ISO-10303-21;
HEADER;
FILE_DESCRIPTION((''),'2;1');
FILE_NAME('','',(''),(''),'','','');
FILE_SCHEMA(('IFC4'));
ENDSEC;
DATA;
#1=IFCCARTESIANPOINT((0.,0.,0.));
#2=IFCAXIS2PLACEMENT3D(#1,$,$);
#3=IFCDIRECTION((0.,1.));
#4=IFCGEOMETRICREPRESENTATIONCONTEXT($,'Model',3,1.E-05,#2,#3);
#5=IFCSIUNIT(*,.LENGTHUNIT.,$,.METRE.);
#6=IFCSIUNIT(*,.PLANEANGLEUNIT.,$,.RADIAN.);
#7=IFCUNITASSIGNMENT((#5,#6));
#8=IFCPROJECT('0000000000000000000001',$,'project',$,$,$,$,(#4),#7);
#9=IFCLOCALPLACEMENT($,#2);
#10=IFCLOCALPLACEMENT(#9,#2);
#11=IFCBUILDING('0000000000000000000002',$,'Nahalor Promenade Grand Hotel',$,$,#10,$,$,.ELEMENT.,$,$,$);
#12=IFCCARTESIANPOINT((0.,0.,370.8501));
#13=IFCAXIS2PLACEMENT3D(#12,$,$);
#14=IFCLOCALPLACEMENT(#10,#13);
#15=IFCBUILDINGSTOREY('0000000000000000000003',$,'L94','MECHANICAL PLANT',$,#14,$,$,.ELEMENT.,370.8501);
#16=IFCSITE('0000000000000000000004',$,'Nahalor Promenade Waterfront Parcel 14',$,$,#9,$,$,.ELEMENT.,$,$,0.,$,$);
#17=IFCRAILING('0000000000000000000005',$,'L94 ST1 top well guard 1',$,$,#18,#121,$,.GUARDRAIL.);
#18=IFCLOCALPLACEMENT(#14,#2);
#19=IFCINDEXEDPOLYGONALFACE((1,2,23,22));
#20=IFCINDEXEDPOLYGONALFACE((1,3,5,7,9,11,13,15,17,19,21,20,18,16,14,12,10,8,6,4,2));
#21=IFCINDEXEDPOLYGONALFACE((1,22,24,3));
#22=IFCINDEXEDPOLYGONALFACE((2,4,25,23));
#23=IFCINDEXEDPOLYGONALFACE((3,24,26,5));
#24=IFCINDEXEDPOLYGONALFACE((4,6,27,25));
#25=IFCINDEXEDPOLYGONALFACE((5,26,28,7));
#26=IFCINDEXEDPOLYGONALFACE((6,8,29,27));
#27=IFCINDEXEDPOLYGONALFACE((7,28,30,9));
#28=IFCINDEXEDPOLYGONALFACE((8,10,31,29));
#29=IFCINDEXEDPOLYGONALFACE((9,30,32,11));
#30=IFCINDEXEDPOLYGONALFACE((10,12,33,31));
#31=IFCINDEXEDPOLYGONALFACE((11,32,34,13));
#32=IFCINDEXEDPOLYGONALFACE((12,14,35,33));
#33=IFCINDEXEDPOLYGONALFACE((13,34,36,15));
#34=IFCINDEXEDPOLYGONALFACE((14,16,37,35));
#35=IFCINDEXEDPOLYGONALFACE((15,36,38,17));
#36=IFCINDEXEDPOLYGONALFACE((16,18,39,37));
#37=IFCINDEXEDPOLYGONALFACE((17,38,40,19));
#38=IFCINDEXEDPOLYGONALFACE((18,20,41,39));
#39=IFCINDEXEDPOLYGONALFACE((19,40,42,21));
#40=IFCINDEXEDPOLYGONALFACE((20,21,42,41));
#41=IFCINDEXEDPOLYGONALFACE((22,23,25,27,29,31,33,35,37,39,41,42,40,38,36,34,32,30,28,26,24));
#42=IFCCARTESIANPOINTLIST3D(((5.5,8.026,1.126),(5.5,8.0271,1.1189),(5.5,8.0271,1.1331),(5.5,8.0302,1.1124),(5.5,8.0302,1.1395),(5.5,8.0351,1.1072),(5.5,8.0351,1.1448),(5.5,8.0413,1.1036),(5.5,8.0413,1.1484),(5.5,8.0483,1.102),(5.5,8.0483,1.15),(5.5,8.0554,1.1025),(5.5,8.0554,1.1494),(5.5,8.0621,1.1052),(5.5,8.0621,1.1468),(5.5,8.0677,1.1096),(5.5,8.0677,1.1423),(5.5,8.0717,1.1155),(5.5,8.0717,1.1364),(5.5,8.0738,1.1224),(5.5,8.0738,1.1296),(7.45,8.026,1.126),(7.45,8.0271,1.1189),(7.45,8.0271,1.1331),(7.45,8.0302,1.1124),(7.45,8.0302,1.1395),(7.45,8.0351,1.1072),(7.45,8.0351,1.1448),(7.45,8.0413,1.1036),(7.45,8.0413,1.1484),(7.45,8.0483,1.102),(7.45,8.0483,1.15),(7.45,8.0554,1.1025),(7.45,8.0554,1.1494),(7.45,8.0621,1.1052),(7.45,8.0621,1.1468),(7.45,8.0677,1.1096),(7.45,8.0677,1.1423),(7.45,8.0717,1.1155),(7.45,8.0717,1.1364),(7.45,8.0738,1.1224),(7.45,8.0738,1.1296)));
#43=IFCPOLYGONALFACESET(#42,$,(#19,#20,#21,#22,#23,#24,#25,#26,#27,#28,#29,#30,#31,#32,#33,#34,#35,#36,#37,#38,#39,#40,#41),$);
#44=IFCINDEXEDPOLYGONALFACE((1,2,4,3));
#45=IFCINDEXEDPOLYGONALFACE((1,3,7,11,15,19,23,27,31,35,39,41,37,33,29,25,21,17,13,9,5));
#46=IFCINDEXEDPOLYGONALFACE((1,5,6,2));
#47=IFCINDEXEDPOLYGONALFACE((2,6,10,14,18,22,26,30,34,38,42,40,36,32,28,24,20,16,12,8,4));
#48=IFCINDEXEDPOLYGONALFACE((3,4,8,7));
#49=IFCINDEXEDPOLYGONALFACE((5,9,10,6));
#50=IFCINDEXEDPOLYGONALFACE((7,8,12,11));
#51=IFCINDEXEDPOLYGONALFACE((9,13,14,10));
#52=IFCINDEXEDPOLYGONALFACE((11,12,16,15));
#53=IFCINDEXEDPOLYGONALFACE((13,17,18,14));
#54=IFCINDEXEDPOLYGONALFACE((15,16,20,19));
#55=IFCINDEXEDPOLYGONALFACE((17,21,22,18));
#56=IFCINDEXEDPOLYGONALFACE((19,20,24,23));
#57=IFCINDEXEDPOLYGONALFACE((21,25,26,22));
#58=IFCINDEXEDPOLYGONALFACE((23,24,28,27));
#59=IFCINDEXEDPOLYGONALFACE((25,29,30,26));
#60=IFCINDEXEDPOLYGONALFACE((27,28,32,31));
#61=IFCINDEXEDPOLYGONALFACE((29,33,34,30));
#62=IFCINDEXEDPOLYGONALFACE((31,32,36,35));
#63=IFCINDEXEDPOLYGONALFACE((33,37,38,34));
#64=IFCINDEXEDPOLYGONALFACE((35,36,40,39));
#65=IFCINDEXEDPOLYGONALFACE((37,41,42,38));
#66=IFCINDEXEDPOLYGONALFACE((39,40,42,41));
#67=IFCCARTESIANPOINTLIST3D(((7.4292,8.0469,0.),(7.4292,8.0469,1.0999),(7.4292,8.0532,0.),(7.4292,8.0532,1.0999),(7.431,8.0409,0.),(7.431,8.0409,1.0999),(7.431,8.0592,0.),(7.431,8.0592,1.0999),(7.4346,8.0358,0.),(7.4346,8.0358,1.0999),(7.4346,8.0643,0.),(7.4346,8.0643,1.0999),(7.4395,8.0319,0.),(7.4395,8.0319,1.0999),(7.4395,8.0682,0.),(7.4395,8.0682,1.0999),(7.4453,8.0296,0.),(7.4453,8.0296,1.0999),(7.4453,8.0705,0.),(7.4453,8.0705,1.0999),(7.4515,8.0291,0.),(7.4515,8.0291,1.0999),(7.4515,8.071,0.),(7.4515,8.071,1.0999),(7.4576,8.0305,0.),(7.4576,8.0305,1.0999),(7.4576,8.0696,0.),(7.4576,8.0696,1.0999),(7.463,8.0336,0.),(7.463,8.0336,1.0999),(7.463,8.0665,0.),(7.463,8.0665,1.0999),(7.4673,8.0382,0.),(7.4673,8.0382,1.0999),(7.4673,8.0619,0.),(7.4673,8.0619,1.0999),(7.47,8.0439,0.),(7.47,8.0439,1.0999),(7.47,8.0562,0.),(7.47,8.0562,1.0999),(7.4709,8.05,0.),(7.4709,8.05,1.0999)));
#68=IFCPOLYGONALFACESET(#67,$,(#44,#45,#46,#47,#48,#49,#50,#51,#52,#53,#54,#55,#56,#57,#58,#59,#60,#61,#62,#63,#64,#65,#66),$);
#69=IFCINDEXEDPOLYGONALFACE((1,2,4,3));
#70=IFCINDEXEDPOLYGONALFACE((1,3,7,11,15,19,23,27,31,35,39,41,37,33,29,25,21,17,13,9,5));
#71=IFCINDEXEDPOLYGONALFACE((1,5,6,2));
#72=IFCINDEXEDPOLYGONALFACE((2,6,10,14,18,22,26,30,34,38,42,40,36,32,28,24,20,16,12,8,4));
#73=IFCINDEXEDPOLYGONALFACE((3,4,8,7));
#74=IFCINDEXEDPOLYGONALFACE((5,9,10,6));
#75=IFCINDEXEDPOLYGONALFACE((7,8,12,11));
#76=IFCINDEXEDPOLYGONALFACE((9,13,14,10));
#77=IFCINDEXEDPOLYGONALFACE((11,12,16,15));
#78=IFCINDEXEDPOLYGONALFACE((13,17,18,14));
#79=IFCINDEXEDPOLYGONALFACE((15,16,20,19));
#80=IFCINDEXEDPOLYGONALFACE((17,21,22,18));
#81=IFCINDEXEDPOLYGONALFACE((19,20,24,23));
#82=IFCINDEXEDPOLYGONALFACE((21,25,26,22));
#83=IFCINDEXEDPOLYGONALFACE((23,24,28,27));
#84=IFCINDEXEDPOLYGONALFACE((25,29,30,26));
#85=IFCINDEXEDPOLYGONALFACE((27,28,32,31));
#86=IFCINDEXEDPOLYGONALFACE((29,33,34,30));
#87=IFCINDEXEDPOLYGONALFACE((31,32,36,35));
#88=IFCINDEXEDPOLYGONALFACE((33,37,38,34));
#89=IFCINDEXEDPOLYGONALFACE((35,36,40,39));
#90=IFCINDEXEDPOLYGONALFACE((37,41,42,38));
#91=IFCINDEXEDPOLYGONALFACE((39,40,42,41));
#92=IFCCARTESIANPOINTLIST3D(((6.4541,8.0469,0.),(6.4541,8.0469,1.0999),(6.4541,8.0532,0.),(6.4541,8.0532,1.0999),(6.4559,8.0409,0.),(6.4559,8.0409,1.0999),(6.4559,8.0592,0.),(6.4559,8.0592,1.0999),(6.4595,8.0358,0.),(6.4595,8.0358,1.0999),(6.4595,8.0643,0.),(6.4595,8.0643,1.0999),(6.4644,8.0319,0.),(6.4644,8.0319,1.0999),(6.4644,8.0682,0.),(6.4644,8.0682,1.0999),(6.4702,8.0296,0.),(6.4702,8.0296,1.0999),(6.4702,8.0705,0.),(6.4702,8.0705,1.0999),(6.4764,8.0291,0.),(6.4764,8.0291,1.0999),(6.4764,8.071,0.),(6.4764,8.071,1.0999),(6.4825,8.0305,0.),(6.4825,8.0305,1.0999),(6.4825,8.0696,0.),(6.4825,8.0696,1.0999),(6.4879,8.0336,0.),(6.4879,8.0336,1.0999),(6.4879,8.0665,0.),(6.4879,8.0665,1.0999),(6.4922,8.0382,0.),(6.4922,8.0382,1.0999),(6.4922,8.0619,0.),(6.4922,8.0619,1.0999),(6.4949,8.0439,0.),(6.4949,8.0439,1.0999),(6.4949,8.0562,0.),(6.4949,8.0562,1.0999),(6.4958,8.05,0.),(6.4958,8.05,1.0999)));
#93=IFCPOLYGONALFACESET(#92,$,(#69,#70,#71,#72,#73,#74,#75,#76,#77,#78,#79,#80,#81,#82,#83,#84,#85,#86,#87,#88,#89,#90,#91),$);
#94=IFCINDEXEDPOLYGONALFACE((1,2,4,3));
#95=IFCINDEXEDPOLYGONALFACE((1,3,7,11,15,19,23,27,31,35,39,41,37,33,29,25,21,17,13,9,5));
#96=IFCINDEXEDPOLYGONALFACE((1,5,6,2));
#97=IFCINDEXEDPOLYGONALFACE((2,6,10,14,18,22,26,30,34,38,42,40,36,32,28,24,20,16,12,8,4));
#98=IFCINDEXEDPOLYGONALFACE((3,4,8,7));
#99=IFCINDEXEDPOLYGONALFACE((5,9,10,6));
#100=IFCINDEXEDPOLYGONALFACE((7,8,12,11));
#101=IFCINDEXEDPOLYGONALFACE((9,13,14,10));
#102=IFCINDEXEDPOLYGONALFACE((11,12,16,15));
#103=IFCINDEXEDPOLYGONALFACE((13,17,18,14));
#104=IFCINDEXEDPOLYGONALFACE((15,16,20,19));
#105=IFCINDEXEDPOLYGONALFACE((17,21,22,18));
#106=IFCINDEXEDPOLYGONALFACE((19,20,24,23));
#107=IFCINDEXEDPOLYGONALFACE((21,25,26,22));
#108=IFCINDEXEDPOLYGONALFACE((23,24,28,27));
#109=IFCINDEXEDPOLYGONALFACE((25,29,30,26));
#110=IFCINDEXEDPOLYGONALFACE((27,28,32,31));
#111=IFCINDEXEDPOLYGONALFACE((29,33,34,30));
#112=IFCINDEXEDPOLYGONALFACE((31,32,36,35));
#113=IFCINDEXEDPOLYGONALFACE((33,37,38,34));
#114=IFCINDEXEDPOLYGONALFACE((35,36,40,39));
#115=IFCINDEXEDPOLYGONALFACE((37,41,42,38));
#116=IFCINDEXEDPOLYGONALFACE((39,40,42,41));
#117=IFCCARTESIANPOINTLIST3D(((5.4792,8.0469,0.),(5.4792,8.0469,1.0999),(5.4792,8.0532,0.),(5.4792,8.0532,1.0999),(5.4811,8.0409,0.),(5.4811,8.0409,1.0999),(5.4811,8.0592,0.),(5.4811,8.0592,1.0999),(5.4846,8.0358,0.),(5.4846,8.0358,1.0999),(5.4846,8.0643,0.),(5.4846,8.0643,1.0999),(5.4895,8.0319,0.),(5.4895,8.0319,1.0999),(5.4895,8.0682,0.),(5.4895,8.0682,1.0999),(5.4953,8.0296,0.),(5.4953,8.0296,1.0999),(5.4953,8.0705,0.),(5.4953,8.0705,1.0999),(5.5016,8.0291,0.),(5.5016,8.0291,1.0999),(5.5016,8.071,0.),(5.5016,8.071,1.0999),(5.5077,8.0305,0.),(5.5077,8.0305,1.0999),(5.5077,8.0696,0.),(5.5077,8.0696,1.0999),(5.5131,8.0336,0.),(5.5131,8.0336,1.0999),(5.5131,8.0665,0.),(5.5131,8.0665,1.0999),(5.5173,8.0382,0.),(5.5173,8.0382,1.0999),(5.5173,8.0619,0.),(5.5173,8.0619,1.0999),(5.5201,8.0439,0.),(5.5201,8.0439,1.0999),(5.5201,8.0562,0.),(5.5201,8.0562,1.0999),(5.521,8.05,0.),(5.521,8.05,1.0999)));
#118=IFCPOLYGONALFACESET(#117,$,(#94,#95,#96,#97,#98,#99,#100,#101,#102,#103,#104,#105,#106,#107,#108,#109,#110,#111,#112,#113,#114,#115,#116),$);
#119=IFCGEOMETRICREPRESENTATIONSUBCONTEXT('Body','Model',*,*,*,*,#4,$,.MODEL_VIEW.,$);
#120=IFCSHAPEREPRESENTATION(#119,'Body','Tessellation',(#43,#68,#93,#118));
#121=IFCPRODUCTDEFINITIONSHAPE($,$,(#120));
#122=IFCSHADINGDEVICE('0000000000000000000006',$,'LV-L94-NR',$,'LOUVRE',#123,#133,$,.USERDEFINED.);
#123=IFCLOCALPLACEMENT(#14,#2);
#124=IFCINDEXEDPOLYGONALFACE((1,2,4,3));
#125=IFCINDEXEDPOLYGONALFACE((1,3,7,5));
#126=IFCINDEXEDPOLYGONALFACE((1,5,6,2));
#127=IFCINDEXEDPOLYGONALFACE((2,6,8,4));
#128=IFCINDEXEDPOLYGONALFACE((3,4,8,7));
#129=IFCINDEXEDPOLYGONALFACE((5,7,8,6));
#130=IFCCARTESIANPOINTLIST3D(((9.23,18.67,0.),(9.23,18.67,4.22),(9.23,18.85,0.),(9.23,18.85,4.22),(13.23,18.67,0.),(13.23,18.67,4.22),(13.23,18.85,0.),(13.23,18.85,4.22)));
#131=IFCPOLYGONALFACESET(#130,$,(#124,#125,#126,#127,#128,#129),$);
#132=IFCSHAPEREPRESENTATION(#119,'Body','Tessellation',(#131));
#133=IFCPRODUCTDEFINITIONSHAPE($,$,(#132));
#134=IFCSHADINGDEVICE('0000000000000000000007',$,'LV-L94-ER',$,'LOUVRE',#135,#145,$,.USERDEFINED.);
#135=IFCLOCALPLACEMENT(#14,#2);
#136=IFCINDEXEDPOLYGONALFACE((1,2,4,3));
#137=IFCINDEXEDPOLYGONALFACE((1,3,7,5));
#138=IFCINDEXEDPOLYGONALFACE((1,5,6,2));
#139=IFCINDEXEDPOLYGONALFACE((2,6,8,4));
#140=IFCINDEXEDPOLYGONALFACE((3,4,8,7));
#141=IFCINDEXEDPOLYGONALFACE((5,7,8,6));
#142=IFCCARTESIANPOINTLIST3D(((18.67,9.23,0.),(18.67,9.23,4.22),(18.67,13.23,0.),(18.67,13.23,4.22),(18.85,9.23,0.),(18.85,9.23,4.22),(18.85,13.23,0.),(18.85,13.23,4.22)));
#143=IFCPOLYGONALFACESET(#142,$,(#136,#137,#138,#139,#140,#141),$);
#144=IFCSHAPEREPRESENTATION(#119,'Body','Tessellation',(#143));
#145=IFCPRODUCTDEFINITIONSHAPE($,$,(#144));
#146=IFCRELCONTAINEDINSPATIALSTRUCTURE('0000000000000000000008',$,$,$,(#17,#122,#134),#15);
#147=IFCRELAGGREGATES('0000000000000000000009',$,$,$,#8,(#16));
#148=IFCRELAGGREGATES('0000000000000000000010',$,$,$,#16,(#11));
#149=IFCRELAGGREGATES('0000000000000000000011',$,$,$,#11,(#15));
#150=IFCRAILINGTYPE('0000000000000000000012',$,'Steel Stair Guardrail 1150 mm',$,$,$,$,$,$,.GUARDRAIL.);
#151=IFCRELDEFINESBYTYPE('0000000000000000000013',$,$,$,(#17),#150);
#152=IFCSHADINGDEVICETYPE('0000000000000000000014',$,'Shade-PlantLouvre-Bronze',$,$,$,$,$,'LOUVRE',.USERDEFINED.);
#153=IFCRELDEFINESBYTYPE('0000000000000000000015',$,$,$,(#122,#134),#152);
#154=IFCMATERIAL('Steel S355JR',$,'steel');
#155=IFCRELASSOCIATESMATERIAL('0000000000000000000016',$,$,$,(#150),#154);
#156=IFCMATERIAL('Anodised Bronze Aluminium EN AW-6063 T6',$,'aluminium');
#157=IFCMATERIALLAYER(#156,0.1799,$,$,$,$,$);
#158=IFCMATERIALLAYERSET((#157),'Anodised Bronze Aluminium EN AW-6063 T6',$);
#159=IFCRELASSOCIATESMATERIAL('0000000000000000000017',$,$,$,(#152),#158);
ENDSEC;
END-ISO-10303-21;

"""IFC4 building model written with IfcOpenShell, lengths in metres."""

from ifc_helpers import new_model, si_unit, direction, frame, origin, origin_2d, place, context, subcontext, project, spatial, rectangle, circle, extrude, source, transform, mapped, material, layer, layer_set, type_object, element, save


model = new_model("IFC4")

# Units and contexts
model_context = context("Model", 3, precision=1e-05, world=origin(), true_north=direction((0.0, 1.0)))
body_context = subcontext(model_context, "Body", "Model", "MODEL_VIEW")
ifc_project = project(units=[si_unit("LENGTHUNIT", "METRE"), si_unit("PLANEANGLEUNIT", "RADIAN")], contexts=[model_context])

# Site, building, storey
site_placement = place(None, origin())
site = spatial("IfcSite", under=ifc_project, at=site_placement, Name="Nahalor Promenade Waterfront Parcel 14", CompositionType="ELEMENT", RefElevation=0.0)
building_placement = place(site_placement, origin())
building = spatial("IfcBuilding", under=site, at=building_placement, Name="Nahalor Promenade Grand Hotel", CompositionType="ELEMENT")
storey_placement = place(building_placement, frame((0.0, 0.0, 370.8501)))
storey = spatial("IfcBuildingStorey", under=building, at=storey_placement, Name="L94", Description="MECHANICAL PLANT", CompositionType="ELEMENT", Elevation=370.8501)

# Shared definitions
ifc_material_1 = material(Name="Steel S355JR", Category="steel")

# Shared definitions
ifc_material_2 = material(Name="Anodised Bronze Aluminium EN AW-6063 T6", Category="aluminium")

# Railing
railing_type = type_object("IfcRailingType", Name="Steel Stair Guardrail 1150 mm", PredefinedType="GUARDRAIL", material=ifc_material_1)
railing_placement = place(storey_placement, frame((7.45, 8.05, 0.0)))
element("IfcRailing", 1, at=railing_placement, inside=storey, type_object=railing_type, Name="L94 ST1 top well guard 1", PredefinedType="GUARDRAIL", context=body_context, shape_type="SweptSolid", body=[
    extrude(circle(Radius=0.024, at=origin_2d()), frame((0.0, 0.0, 1.126), z_axis=(-1.0, 0.0, 0.0), x_axis=(0.0, -1.0, 0.0)), (0.0, 0.0, 1.0), 1.95),
    extrude(circle(Radius=0.021, at=origin_2d()), origin(), (0.0, 0.0, 1.0), 1.0999),
    extrude(circle(Radius=0.021, at=origin_2d()), frame((-0.9751, 0.0, 0.0)), (0.0, 0.0, 1.0), 1.0999),
    extrude(circle(Radius=0.021, at=origin_2d()), frame((-1.95, 0.0, 0.0)), (0.0, 0.0, 1.0), 1.0999),
])

# Shading devices
ifc_layer_1 = layer(ifc_material_2, 0.1799)
ifc_layer_set_1 = layer_set([ifc_layer_1], Name="Anodised Bronze Aluminium EN AW-6063 T6")
shading_device_type = type_object("IfcShadingDeviceType", Name="Shade-PlantLouvre-Bronze", ElementType="LOUVRE", PredefinedType="USERDEFINED", material=ifc_layer_set_1)
shared_shape_1 = source(origin(), body_context, "Body", "SweptSolid", [
    extrude(rectangle(XDim=4.0, YDim=0.1799, at=origin_2d()), origin(), (0.0, 0.0, 1.0), 4.22),
])
for number, where, z_axis, x_axis, name in (
    (2, (11.23, 18.76, 0.0), (0.0, 0.0, 1.0), (1.0, 0.0, 0.0), "LV-L94-NR"),
    (3, (18.76, 11.23, 0.0), (0.0, 0.0, 1.0), (0.0, 1.0, 0.0), "LV-L94-ER"),
):
    element("IfcShadingDevice", number, at=place(storey_placement, frame(where, z_axis=z_axis, x_axis=x_axis)), inside=storey, type_object=shading_device_type, Name=name, ObjectType="LOUVRE", PredefinedType="USERDEFINED", context=body_context, shape_type="MappedRepresentation", body=[
        mapped(shared_shape_1, transform((0.0, 0.0, 0.0), scale=1.0)),
    ])

save(model, "model.ifc")
